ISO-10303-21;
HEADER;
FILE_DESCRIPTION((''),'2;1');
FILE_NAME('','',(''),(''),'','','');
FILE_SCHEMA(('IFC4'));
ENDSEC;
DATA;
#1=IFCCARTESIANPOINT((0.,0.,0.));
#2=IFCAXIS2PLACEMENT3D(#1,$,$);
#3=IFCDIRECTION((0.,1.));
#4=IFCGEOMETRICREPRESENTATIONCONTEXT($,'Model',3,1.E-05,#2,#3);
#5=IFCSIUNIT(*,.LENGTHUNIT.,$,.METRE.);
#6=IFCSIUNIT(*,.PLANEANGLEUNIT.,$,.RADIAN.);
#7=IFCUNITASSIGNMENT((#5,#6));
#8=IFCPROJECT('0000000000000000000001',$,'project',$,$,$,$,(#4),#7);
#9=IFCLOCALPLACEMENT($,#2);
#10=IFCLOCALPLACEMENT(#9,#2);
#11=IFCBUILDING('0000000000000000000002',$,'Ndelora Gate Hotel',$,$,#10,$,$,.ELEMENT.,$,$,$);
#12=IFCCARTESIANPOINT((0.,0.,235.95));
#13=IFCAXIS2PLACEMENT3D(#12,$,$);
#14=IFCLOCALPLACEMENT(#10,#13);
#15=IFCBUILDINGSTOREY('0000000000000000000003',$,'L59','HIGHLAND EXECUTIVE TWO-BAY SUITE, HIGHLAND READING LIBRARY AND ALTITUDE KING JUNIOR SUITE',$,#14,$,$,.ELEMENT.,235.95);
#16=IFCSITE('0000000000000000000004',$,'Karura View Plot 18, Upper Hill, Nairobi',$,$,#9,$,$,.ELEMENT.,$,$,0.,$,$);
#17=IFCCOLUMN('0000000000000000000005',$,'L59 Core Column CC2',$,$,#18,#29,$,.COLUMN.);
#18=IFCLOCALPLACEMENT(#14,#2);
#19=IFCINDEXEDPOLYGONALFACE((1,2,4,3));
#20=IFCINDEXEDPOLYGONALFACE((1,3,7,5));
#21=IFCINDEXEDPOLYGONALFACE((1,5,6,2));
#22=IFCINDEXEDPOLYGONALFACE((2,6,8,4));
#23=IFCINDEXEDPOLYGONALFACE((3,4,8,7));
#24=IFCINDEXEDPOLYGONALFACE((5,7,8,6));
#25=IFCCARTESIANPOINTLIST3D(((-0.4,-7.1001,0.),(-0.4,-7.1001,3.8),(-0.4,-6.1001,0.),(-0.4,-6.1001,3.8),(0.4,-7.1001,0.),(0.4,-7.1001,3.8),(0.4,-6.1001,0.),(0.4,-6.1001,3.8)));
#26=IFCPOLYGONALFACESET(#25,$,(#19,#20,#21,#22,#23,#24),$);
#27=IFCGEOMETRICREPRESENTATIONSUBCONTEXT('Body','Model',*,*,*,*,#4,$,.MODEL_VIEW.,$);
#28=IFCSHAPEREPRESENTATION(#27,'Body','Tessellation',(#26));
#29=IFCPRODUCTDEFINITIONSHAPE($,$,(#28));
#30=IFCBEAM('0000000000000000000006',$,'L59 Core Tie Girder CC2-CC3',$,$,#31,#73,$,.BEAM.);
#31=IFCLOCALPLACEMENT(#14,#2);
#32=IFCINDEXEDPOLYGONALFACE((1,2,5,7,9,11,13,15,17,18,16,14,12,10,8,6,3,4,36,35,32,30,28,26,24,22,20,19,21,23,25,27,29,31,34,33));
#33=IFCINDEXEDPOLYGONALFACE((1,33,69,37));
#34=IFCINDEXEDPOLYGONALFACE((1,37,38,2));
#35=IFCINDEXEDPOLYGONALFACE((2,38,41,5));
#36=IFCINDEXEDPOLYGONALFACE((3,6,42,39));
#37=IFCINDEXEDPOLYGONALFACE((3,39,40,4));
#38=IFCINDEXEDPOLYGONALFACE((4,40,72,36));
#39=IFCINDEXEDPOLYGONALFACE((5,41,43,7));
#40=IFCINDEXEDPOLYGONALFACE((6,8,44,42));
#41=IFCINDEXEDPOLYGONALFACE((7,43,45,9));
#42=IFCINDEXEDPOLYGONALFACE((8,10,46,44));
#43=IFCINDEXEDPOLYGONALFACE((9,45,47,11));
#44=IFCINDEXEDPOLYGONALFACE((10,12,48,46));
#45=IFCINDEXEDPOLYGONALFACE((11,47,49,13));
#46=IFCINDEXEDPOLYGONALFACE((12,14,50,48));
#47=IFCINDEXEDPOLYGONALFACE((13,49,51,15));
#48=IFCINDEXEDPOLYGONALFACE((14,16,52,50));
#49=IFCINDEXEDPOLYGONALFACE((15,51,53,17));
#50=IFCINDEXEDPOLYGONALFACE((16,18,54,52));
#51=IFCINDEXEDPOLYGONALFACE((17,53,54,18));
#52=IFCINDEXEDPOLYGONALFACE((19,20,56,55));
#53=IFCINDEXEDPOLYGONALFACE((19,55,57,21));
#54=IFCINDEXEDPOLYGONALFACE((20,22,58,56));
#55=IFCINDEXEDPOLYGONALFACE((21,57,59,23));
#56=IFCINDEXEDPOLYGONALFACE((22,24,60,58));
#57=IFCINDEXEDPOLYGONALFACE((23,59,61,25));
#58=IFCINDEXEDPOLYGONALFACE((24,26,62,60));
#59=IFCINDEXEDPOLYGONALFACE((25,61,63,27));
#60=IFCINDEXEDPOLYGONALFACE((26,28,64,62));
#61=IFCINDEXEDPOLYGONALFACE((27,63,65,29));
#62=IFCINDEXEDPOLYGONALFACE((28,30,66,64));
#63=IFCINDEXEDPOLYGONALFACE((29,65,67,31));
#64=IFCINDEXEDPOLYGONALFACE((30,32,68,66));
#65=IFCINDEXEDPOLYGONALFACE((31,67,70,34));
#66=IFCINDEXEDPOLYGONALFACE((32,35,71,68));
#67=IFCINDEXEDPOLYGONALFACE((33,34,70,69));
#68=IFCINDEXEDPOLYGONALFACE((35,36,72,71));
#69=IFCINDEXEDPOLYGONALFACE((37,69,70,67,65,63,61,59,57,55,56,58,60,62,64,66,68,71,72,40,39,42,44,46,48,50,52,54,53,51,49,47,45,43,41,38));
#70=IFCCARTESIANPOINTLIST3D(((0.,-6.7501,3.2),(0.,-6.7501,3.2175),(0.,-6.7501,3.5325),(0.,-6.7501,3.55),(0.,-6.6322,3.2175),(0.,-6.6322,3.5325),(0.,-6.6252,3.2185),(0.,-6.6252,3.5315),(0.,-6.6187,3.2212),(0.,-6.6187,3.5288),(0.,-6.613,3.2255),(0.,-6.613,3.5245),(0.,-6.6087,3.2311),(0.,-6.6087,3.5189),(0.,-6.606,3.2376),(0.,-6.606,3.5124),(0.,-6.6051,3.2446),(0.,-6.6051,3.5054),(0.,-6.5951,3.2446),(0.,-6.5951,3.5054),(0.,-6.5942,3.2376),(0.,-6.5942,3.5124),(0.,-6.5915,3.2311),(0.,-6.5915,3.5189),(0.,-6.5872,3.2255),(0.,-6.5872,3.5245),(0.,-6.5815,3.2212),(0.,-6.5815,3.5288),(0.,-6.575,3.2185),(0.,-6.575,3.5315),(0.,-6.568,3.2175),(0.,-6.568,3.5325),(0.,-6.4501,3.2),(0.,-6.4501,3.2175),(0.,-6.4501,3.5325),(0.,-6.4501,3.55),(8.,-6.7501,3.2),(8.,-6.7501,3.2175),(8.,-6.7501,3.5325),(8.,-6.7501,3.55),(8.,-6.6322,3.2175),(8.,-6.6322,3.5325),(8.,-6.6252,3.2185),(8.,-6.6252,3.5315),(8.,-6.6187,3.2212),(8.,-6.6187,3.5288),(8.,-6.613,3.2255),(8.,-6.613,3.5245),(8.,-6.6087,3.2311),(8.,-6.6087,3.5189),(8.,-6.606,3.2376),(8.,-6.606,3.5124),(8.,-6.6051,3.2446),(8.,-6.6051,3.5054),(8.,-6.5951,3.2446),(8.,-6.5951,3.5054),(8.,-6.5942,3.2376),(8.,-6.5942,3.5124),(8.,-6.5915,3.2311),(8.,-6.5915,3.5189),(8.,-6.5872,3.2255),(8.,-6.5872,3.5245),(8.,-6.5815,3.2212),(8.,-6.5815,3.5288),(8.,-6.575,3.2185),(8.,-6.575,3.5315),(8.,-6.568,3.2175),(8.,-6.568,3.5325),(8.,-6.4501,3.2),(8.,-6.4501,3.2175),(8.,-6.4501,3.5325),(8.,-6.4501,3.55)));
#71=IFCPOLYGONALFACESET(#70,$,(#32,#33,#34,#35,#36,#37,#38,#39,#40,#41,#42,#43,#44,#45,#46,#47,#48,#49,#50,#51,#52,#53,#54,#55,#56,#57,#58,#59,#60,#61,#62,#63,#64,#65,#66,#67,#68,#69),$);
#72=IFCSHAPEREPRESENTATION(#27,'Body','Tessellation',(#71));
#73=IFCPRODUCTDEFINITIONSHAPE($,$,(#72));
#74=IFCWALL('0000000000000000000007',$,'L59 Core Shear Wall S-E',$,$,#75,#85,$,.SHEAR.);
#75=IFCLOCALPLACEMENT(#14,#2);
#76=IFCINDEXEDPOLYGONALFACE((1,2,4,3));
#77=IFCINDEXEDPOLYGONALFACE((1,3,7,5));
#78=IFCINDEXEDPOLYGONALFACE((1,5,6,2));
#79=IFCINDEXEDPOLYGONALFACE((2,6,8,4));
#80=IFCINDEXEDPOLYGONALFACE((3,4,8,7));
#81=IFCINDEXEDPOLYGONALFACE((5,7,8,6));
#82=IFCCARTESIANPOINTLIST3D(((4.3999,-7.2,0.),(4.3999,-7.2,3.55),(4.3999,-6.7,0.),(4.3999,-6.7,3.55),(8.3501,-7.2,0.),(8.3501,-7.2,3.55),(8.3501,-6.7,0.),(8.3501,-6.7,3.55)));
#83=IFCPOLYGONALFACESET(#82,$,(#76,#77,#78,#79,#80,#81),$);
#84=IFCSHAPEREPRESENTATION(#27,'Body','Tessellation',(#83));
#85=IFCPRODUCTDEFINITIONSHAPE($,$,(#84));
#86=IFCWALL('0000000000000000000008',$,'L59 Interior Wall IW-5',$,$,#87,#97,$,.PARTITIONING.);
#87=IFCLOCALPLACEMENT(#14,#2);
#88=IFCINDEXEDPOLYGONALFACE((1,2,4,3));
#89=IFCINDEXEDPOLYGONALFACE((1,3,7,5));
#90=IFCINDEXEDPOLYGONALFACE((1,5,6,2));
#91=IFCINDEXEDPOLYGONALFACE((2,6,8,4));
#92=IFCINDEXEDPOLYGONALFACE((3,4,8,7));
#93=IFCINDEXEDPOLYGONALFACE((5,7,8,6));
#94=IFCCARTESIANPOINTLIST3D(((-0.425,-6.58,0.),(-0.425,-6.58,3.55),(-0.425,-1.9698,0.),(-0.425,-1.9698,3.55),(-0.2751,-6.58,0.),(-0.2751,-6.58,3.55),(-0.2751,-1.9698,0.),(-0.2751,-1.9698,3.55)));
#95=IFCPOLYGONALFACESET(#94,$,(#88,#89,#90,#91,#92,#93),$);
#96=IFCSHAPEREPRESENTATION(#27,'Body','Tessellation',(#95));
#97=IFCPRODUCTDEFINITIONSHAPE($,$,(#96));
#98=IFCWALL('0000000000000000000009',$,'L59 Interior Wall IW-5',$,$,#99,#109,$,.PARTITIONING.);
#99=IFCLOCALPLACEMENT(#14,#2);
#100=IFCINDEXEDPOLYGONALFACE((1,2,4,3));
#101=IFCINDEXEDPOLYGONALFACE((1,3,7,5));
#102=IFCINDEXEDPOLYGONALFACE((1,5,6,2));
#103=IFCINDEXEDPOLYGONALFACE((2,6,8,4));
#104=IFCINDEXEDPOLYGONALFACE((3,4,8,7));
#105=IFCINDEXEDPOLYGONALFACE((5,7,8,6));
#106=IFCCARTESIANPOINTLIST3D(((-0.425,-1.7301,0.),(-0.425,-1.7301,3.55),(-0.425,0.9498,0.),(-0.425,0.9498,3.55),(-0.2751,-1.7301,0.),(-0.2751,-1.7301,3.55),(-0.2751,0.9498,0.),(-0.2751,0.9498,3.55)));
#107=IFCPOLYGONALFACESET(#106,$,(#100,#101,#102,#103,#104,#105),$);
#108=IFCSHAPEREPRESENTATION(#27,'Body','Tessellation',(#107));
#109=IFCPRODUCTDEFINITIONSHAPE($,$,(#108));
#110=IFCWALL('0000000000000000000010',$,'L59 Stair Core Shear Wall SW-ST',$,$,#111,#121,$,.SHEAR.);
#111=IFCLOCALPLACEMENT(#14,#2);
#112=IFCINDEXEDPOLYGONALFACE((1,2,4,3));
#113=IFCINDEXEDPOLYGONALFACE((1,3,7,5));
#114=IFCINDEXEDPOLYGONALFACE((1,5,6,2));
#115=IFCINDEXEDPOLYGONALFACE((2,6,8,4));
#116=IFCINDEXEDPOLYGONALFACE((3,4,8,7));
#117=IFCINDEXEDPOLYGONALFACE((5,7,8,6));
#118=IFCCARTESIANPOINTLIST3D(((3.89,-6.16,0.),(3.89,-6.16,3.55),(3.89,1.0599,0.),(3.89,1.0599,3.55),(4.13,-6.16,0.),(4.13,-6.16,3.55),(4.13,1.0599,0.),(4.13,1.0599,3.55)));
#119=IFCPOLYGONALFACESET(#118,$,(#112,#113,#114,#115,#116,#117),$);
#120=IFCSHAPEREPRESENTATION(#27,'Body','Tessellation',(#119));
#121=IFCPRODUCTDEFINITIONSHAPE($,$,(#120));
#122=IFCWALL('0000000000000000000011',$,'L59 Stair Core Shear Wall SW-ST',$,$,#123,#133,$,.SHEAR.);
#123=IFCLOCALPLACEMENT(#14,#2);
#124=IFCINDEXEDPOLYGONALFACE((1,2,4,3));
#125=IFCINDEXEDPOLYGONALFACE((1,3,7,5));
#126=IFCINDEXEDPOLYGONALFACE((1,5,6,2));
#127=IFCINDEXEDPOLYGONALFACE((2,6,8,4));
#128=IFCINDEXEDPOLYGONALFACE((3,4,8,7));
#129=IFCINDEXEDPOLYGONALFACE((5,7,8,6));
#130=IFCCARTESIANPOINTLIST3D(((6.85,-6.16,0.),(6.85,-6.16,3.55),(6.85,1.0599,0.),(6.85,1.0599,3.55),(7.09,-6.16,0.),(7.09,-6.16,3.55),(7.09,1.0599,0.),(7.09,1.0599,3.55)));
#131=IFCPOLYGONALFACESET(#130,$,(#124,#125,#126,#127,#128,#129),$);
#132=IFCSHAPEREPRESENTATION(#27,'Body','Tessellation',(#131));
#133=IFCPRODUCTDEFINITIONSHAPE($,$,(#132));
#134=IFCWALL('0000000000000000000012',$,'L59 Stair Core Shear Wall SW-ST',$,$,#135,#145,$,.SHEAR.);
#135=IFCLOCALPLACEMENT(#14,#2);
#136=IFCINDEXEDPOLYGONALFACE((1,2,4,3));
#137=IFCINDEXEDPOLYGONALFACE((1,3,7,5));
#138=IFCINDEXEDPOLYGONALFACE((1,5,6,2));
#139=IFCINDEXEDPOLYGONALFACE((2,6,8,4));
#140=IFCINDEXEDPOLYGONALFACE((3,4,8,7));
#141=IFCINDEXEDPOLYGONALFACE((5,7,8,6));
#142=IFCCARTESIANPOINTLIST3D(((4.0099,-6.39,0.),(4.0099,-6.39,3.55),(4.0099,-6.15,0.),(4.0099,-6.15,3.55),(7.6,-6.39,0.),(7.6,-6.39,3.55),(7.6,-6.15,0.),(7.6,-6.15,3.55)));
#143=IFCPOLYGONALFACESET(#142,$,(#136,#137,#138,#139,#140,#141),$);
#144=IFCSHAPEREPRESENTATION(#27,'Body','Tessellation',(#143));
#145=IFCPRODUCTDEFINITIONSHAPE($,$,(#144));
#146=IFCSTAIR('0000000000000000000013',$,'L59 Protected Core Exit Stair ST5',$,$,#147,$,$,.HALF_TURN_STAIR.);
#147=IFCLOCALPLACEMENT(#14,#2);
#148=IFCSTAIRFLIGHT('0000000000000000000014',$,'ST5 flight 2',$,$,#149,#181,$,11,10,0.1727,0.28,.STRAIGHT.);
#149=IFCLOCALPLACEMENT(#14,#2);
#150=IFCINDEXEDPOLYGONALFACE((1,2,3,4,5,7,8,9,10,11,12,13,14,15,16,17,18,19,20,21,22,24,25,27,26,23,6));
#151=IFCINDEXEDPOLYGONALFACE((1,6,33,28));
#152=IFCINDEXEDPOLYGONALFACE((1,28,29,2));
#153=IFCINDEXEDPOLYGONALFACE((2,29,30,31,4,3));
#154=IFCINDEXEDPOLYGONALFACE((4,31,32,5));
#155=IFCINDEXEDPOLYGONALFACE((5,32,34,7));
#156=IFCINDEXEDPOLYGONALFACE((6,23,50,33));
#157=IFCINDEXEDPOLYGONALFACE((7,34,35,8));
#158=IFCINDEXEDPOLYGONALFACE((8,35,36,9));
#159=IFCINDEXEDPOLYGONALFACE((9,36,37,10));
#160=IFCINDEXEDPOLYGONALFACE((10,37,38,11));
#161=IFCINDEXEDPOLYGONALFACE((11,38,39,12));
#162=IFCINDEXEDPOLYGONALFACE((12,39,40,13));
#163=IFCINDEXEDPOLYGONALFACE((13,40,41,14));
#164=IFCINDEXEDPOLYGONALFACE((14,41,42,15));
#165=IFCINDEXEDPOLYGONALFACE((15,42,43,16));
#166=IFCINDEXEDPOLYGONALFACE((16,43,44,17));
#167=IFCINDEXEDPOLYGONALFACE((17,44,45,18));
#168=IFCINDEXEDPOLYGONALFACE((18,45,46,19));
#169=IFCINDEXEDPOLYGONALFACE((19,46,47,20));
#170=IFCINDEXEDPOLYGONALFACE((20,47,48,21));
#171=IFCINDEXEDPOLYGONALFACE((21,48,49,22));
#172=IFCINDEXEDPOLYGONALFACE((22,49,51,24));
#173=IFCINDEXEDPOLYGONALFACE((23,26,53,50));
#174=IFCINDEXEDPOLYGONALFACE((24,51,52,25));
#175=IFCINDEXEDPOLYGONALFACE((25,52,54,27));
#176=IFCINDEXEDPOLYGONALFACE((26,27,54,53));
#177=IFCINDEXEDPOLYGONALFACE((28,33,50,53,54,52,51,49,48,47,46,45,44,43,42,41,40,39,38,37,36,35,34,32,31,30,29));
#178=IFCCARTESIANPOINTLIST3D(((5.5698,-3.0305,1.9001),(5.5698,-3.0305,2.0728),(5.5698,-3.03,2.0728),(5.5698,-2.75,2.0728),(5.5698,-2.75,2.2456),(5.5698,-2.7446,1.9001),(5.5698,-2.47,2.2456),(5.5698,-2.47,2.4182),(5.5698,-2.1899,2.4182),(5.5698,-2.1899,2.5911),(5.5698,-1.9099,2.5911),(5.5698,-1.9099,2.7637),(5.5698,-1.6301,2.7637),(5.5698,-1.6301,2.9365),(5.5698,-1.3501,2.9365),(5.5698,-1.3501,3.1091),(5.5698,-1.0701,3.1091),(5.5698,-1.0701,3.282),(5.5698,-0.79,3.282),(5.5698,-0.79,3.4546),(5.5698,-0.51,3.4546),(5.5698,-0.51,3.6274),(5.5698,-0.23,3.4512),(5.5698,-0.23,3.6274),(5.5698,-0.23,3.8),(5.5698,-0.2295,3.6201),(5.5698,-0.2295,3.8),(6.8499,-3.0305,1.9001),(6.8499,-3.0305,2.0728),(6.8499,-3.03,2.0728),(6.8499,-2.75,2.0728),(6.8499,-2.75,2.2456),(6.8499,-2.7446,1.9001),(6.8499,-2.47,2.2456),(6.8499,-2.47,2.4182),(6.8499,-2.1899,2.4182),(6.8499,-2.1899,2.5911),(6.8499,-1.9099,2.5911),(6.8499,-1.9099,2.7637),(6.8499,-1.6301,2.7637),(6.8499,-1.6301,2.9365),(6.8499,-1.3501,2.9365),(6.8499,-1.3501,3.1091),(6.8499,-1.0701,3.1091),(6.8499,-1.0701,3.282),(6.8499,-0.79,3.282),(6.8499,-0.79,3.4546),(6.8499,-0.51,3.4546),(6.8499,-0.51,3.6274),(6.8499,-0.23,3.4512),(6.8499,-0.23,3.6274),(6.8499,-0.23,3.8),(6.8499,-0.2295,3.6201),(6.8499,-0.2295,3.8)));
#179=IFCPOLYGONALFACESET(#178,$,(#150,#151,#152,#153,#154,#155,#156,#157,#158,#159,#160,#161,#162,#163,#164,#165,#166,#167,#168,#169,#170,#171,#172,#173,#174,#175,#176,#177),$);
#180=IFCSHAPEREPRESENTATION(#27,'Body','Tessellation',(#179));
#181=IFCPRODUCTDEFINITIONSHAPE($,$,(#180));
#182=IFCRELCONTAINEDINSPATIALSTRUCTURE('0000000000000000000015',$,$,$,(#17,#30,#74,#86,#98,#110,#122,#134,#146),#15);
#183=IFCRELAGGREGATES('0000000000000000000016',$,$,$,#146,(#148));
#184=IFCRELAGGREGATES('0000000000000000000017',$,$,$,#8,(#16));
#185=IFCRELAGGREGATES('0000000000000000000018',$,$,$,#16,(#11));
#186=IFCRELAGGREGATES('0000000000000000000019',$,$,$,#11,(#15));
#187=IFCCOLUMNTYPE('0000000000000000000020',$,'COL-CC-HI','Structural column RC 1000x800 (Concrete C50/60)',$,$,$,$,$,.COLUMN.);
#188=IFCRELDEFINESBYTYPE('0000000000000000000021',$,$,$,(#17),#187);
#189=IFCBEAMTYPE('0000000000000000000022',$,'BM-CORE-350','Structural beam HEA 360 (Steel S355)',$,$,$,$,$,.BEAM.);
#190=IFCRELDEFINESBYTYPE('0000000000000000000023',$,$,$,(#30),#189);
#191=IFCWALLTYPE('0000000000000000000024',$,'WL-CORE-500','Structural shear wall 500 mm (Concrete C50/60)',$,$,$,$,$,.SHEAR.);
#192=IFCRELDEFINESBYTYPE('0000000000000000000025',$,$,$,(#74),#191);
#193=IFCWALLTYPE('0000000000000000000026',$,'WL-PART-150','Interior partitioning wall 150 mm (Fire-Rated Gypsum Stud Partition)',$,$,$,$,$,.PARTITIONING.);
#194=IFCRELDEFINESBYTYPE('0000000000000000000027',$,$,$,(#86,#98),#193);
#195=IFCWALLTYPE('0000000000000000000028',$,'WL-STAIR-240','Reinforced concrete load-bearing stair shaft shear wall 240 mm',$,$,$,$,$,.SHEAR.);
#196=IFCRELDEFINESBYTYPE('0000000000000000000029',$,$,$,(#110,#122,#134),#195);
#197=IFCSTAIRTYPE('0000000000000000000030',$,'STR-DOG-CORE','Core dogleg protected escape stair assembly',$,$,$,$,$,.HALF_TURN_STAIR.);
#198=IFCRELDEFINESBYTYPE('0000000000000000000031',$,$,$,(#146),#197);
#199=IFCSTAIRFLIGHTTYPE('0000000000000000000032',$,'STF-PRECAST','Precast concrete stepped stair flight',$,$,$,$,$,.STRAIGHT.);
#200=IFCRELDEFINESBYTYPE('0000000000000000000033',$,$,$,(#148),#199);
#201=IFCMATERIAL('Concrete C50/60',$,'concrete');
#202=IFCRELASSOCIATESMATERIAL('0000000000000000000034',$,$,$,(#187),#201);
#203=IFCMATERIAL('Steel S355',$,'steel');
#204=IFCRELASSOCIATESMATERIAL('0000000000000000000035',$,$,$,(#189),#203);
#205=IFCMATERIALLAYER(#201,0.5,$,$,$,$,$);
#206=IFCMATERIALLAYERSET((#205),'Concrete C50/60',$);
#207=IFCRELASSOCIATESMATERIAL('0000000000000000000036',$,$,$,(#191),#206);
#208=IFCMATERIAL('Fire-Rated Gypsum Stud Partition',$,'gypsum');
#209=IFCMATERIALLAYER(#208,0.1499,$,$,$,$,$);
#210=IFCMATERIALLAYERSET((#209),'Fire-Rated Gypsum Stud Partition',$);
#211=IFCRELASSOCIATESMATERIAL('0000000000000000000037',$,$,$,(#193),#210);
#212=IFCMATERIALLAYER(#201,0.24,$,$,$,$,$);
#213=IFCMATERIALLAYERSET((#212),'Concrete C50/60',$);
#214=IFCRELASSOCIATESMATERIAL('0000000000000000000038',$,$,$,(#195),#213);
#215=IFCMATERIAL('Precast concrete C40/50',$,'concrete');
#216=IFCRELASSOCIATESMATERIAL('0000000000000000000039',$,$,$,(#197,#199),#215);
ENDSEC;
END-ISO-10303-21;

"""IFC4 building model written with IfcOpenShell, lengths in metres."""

from ifc_helpers import new_model, si_unit, direction, frame, frame_2d, origin, origin_2d, place, context, subcontext, project, spatial, polyline, rectangle, i_section, outline, extrude, material, layer, layer_set, material_profile, profile_set, type_object, element, aggregate, save


model = new_model("IFC4")

# Units and contexts
model_context = context("Model", 3, precision=1e-05, world=origin(), true_north=direction((0.0, 1.0)))
body_context = subcontext(model_context, "Body", "Model", "MODEL_VIEW")
ifc_project = project(units=[si_unit("LENGTHUNIT", "METRE"), si_unit("PLANEANGLEUNIT", "RADIAN")], contexts=[model_context])

# Site, building, storey
site_placement = place(None, origin())
site = spatial("IfcSite", under=ifc_project, at=site_placement, Name="Karura View Plot 18, Upper Hill, Nairobi", CompositionType="ELEMENT", RefElevation=0.0)
building_placement = place(site_placement, origin())
building = spatial("IfcBuilding", under=site, at=building_placement, Name="Ndelora Gate Hotel", CompositionType="ELEMENT")
storey_placement = place(building_placement, frame((0.0, 0.0, 235.95)))
storey = spatial("IfcBuildingStorey", under=building, at=storey_placement, Name="L59", Description="HIGHLAND EXECUTIVE TWO-BAY SUITE, HIGHLAND READING LIBRARY AND ALTITUDE KING JUNIOR SUITE", CompositionType="ELEMENT", Elevation=235.95)

# Column
ifc_material_1 = material(Name="Concrete C50/60", Category="concrete")
ifc_material_profile_1 = material_profile(ifc_material_1, rectangle(XDim=0.8, YDim=1.0, at=origin_2d()), Name="RC 1000x800")
ifc_profile_set_1 = profile_set([ifc_material_profile_1], Name="Concrete C50/60")
column_type = type_object("IfcColumnType", Name="COL-CC-HI", Description="Structural column RC 1000x800 (Concrete C50/60)", PredefinedType="COLUMN", material=ifc_profile_set_1)
column_placement = place(storey_placement, frame((0.0, -6.6001, 0.0), z_axis=(0.0, 0.0, 1.0), x_axis=(1.0, 0.0, 0.0)))
element("IfcColumn", 1, at=column_placement, inside=storey, type_object=column_type, Name="L59 Core Column CC2", PredefinedType="COLUMN", context=body_context, shape_type="SweptSolid", body=[
    extrude(rectangle(XDim=0.8, YDim=1.0, at=origin_2d()), origin(), (0.0, 0.0, 1.0), 3.8),
])

# Beam
ifc_material_2 = material(Name="Steel S355", Category="steel")
ifc_material_profile_2 = material_profile(ifc_material_2, i_section(OverallWidth=0.3, OverallDepth=0.3501, WebThickness=0.01, FlangeThickness=0.0176, FilletRadius=0.0271, at=origin_2d()), Name="HEA 360")
ifc_profile_set_2 = profile_set([ifc_material_profile_2], Name="Steel S355")
beam_type = type_object("IfcBeamType", Name="BM-CORE-350", Description="Structural beam HEA 360 (Steel S355)", PredefinedType="BEAM", material=ifc_profile_set_2)
beam_placement = place(storey_placement, frame((0.0, -6.6001, 3.375), z_axis=(1.0, 0.0, 0.0), x_axis=(0.0, 1.0, 0.0)))
element("IfcBeam", 2, at=beam_placement, inside=storey, type_object=beam_type, Name="L59 Core Tie Girder CC2-CC3", PredefinedType="BEAM", context=body_context, shape_type="SweptSolid", body=[
    extrude(i_section(OverallWidth=0.3, OverallDepth=0.3501, WebThickness=0.01, FlangeThickness=0.0176, FilletRadius=0.0271, at=origin_2d()), origin(), (0.0, 0.0, 1.0), 8.0),
])

# Walls
ifc_layer_1 = layer(ifc_material_1, 0.5)
ifc_layer_set_1 = layer_set([ifc_layer_1], Name="Concrete C50/60")
wall_type_1 = type_object("IfcWallType", Name="WL-CORE-500", Description="Structural shear wall 500 mm (Concrete C50/60)", PredefinedType="SHEAR", material=ifc_layer_set_1)
wall_1_placement = place(storey_placement, frame((4.3999, -6.95, 0.0), z_axis=(0.0, 0.0, 1.0), x_axis=(1.0, 0.0, 0.0)))
element("IfcWall", 3, at=wall_1_placement, inside=storey, type_object=wall_type_1, Name="L59 Core Shear Wall S-E", PredefinedType="SHEAR", context=body_context, shape_type="SweptSolid", body=[
    extrude(rectangle(XDim=3.9502, YDim=0.5, at=frame_2d((1.9751, 0.0))), origin(), (0.0, 0.0, 1.0), 3.55),
])
ifc_material_3 = material(Name="Fire-Rated Gypsum Stud Partition", Category="gypsum")
ifc_layer_2 = layer(ifc_material_3, 0.1499)
ifc_layer_set_2 = layer_set([ifc_layer_2], Name="Fire-Rated Gypsum Stud Partition")
wall_type_2 = type_object("IfcWallType", Name="WL-PART-150", Description="Interior partitioning wall 150 mm (Fire-Rated Gypsum Stud Partition)", PredefinedType="PARTITIONING", material=ifc_layer_set_2)
wall_2_placement = place(storey_placement, frame((-0.3501, -6.5801, 0.0), z_axis=(0.0, 0.0, 1.0), x_axis=(0.0, 1.0, 0.0)))
element("IfcWall", 4, at=wall_2_placement, inside=storey, type_object=wall_type_2, Name="L59 Interior Wall IW-5", PredefinedType="PARTITIONING", context=body_context, shape_type="SweptSolid", body=[
    extrude(rectangle(XDim=4.6101, YDim=0.1499, at=frame_2d((2.3052, 0.0))), origin(), (0.0, 0.0, 1.0), 3.55),
])
wall_3_placement = place(storey_placement, frame((-0.3501, -1.73, 0.0), z_axis=(0.0, 0.0, 1.0), x_axis=(0.0, 1.0, 0.0)))
element("IfcWall", 5, at=wall_3_placement, inside=storey, type_object=wall_type_2, Name="L59 Interior Wall IW-5", PredefinedType="PARTITIONING", context=body_context, shape_type="SweptSolid", body=[
    extrude(rectangle(XDim=2.6799, YDim=0.1499, at=frame_2d((1.3398, 0.0))), origin(), (0.0, 0.0, 1.0), 3.55),
])
ifc_layer_3 = layer(ifc_material_1, 0.24)
ifc_layer_set_3 = layer_set([ifc_layer_3], Name="Concrete C50/60")
wall_type_3 = type_object("IfcWallType", Name="WL-STAIR-240", Description="Reinforced concrete load-bearing stair shaft shear wall 240 mm", PredefinedType="SHEAR", material=ifc_layer_set_3)
for number, where, z_axis, x_axis, name in (
    (6, (4.01, -6.1599, 0.0), (0.0, 0.0, 1.0), (0.0, 1.0, 0.0), "L59 Stair Core Shear Wall SW-ST"),
    (7, (6.97, -6.1599, 0.0), (0.0, 0.0, 1.0), (0.0, 1.0, 0.0), "L59 Stair Core Shear Wall SW-ST"),
):
    element("IfcWall", number, at=place(storey_placement, frame(where, z_axis=z_axis, x_axis=x_axis)), inside=storey, type_object=wall_type_3, Name=name, PredefinedType="SHEAR", context=body_context, shape_type="SweptSolid", body=[
        extrude(rectangle(XDim=7.22, YDim=0.24, at=frame_2d((3.6099, 0.0))), origin(), (0.0, 0.0, 1.0), 3.55),
    ])
wall_4_placement = place(storey_placement, frame((4.01, -6.27, 0.0), z_axis=(0.0, 0.0, 1.0), x_axis=(1.0, 0.0, 0.0)))
element("IfcWall", 8, at=wall_4_placement, inside=storey, type_object=wall_type_3, Name="L59 Stair Core Shear Wall SW-ST", PredefinedType="SHEAR", context=body_context, shape_type="SweptSolid", body=[
    extrude(rectangle(XDim=3.5901, YDim=0.24, at=frame_2d((1.7949, 0.0))), origin(), (0.0, 0.0, 1.0), 3.55),
])

# Stair, stair flight
ifc_material_4 = material(Name="Precast concrete C40/50", Category="concrete")
stair_type = type_object("IfcStairType", Name="STR-DOG-CORE", Description="Core dogleg protected escape stair assembly", PredefinedType="HALF_TURN_STAIR", material=ifc_material_4)
stair_placement = place(storey_placement, origin())
stair = element("IfcStair", 9, at=stair_placement, inside=storey, type_object=stair_type, Name="L59 Protected Core Exit Stair ST5", PredefinedType="HALF_TURN_STAIR")
stair_flight_type = type_object("IfcStairFlightType", Name="STF-PRECAST", Description="Precast concrete stepped stair flight", PredefinedType="STRAIGHT", material=ifc_material_4)
stair_flight_placement = place(storey_placement, frame((6.21, -3.03, 1.9001), z_axis=(0.0, 0.0, 1.0), x_axis=(0.0, 1.0, 0.0)))
stair_flight = element("IfcStairFlight", 10, at=stair_flight_placement, type_object=stair_flight_type, Name="ST5 flight 2", NumberOfRisers=11, NumberOfTreads=10, PredefinedType="STRAIGHT", RiserHeight=0.1727, TreadLength=0.28, context=body_context, shape_type="SweptSolid", body=[
    extrude(outline(polyline([(-0.0005, 0.0), (-0.0005, 0.1726), (0.0, 0.1726), (0.28, 0.1726), (0.28, 0.3455), (0.5601, 0.3455), (0.5601, 0.5181), (0.8401, 0.5181), (0.8401, 0.6909), (1.1201, 0.6909), (1.1201, 0.8635), (1.3999, 0.8635), (1.3999, 1.0364), (1.6799, 1.0364), (1.6799, 1.209), (1.96, 1.209), (1.96, 1.3818), (2.24, 1.3818), (2.24, 1.5544), (2.52, 1.5544), (2.52, 1.7273), (2.8, 1.7273), (2.8, 1.8999), (2.8005, 1.8999), (2.8005, 1.72), (2.8, 1.551), (0.2854, 0.0), (-0.0005, 0.0)])), frame((0.0, 0.6401, 0.0), z_axis=(0.0, -1.0, 0.0), x_axis=(1.0, 0.0, 0.0)), (0.0, 0.0, 1.0), 1.28),
])
aggregate(stair, [stair_flight])

save(model, "model.ifc")
